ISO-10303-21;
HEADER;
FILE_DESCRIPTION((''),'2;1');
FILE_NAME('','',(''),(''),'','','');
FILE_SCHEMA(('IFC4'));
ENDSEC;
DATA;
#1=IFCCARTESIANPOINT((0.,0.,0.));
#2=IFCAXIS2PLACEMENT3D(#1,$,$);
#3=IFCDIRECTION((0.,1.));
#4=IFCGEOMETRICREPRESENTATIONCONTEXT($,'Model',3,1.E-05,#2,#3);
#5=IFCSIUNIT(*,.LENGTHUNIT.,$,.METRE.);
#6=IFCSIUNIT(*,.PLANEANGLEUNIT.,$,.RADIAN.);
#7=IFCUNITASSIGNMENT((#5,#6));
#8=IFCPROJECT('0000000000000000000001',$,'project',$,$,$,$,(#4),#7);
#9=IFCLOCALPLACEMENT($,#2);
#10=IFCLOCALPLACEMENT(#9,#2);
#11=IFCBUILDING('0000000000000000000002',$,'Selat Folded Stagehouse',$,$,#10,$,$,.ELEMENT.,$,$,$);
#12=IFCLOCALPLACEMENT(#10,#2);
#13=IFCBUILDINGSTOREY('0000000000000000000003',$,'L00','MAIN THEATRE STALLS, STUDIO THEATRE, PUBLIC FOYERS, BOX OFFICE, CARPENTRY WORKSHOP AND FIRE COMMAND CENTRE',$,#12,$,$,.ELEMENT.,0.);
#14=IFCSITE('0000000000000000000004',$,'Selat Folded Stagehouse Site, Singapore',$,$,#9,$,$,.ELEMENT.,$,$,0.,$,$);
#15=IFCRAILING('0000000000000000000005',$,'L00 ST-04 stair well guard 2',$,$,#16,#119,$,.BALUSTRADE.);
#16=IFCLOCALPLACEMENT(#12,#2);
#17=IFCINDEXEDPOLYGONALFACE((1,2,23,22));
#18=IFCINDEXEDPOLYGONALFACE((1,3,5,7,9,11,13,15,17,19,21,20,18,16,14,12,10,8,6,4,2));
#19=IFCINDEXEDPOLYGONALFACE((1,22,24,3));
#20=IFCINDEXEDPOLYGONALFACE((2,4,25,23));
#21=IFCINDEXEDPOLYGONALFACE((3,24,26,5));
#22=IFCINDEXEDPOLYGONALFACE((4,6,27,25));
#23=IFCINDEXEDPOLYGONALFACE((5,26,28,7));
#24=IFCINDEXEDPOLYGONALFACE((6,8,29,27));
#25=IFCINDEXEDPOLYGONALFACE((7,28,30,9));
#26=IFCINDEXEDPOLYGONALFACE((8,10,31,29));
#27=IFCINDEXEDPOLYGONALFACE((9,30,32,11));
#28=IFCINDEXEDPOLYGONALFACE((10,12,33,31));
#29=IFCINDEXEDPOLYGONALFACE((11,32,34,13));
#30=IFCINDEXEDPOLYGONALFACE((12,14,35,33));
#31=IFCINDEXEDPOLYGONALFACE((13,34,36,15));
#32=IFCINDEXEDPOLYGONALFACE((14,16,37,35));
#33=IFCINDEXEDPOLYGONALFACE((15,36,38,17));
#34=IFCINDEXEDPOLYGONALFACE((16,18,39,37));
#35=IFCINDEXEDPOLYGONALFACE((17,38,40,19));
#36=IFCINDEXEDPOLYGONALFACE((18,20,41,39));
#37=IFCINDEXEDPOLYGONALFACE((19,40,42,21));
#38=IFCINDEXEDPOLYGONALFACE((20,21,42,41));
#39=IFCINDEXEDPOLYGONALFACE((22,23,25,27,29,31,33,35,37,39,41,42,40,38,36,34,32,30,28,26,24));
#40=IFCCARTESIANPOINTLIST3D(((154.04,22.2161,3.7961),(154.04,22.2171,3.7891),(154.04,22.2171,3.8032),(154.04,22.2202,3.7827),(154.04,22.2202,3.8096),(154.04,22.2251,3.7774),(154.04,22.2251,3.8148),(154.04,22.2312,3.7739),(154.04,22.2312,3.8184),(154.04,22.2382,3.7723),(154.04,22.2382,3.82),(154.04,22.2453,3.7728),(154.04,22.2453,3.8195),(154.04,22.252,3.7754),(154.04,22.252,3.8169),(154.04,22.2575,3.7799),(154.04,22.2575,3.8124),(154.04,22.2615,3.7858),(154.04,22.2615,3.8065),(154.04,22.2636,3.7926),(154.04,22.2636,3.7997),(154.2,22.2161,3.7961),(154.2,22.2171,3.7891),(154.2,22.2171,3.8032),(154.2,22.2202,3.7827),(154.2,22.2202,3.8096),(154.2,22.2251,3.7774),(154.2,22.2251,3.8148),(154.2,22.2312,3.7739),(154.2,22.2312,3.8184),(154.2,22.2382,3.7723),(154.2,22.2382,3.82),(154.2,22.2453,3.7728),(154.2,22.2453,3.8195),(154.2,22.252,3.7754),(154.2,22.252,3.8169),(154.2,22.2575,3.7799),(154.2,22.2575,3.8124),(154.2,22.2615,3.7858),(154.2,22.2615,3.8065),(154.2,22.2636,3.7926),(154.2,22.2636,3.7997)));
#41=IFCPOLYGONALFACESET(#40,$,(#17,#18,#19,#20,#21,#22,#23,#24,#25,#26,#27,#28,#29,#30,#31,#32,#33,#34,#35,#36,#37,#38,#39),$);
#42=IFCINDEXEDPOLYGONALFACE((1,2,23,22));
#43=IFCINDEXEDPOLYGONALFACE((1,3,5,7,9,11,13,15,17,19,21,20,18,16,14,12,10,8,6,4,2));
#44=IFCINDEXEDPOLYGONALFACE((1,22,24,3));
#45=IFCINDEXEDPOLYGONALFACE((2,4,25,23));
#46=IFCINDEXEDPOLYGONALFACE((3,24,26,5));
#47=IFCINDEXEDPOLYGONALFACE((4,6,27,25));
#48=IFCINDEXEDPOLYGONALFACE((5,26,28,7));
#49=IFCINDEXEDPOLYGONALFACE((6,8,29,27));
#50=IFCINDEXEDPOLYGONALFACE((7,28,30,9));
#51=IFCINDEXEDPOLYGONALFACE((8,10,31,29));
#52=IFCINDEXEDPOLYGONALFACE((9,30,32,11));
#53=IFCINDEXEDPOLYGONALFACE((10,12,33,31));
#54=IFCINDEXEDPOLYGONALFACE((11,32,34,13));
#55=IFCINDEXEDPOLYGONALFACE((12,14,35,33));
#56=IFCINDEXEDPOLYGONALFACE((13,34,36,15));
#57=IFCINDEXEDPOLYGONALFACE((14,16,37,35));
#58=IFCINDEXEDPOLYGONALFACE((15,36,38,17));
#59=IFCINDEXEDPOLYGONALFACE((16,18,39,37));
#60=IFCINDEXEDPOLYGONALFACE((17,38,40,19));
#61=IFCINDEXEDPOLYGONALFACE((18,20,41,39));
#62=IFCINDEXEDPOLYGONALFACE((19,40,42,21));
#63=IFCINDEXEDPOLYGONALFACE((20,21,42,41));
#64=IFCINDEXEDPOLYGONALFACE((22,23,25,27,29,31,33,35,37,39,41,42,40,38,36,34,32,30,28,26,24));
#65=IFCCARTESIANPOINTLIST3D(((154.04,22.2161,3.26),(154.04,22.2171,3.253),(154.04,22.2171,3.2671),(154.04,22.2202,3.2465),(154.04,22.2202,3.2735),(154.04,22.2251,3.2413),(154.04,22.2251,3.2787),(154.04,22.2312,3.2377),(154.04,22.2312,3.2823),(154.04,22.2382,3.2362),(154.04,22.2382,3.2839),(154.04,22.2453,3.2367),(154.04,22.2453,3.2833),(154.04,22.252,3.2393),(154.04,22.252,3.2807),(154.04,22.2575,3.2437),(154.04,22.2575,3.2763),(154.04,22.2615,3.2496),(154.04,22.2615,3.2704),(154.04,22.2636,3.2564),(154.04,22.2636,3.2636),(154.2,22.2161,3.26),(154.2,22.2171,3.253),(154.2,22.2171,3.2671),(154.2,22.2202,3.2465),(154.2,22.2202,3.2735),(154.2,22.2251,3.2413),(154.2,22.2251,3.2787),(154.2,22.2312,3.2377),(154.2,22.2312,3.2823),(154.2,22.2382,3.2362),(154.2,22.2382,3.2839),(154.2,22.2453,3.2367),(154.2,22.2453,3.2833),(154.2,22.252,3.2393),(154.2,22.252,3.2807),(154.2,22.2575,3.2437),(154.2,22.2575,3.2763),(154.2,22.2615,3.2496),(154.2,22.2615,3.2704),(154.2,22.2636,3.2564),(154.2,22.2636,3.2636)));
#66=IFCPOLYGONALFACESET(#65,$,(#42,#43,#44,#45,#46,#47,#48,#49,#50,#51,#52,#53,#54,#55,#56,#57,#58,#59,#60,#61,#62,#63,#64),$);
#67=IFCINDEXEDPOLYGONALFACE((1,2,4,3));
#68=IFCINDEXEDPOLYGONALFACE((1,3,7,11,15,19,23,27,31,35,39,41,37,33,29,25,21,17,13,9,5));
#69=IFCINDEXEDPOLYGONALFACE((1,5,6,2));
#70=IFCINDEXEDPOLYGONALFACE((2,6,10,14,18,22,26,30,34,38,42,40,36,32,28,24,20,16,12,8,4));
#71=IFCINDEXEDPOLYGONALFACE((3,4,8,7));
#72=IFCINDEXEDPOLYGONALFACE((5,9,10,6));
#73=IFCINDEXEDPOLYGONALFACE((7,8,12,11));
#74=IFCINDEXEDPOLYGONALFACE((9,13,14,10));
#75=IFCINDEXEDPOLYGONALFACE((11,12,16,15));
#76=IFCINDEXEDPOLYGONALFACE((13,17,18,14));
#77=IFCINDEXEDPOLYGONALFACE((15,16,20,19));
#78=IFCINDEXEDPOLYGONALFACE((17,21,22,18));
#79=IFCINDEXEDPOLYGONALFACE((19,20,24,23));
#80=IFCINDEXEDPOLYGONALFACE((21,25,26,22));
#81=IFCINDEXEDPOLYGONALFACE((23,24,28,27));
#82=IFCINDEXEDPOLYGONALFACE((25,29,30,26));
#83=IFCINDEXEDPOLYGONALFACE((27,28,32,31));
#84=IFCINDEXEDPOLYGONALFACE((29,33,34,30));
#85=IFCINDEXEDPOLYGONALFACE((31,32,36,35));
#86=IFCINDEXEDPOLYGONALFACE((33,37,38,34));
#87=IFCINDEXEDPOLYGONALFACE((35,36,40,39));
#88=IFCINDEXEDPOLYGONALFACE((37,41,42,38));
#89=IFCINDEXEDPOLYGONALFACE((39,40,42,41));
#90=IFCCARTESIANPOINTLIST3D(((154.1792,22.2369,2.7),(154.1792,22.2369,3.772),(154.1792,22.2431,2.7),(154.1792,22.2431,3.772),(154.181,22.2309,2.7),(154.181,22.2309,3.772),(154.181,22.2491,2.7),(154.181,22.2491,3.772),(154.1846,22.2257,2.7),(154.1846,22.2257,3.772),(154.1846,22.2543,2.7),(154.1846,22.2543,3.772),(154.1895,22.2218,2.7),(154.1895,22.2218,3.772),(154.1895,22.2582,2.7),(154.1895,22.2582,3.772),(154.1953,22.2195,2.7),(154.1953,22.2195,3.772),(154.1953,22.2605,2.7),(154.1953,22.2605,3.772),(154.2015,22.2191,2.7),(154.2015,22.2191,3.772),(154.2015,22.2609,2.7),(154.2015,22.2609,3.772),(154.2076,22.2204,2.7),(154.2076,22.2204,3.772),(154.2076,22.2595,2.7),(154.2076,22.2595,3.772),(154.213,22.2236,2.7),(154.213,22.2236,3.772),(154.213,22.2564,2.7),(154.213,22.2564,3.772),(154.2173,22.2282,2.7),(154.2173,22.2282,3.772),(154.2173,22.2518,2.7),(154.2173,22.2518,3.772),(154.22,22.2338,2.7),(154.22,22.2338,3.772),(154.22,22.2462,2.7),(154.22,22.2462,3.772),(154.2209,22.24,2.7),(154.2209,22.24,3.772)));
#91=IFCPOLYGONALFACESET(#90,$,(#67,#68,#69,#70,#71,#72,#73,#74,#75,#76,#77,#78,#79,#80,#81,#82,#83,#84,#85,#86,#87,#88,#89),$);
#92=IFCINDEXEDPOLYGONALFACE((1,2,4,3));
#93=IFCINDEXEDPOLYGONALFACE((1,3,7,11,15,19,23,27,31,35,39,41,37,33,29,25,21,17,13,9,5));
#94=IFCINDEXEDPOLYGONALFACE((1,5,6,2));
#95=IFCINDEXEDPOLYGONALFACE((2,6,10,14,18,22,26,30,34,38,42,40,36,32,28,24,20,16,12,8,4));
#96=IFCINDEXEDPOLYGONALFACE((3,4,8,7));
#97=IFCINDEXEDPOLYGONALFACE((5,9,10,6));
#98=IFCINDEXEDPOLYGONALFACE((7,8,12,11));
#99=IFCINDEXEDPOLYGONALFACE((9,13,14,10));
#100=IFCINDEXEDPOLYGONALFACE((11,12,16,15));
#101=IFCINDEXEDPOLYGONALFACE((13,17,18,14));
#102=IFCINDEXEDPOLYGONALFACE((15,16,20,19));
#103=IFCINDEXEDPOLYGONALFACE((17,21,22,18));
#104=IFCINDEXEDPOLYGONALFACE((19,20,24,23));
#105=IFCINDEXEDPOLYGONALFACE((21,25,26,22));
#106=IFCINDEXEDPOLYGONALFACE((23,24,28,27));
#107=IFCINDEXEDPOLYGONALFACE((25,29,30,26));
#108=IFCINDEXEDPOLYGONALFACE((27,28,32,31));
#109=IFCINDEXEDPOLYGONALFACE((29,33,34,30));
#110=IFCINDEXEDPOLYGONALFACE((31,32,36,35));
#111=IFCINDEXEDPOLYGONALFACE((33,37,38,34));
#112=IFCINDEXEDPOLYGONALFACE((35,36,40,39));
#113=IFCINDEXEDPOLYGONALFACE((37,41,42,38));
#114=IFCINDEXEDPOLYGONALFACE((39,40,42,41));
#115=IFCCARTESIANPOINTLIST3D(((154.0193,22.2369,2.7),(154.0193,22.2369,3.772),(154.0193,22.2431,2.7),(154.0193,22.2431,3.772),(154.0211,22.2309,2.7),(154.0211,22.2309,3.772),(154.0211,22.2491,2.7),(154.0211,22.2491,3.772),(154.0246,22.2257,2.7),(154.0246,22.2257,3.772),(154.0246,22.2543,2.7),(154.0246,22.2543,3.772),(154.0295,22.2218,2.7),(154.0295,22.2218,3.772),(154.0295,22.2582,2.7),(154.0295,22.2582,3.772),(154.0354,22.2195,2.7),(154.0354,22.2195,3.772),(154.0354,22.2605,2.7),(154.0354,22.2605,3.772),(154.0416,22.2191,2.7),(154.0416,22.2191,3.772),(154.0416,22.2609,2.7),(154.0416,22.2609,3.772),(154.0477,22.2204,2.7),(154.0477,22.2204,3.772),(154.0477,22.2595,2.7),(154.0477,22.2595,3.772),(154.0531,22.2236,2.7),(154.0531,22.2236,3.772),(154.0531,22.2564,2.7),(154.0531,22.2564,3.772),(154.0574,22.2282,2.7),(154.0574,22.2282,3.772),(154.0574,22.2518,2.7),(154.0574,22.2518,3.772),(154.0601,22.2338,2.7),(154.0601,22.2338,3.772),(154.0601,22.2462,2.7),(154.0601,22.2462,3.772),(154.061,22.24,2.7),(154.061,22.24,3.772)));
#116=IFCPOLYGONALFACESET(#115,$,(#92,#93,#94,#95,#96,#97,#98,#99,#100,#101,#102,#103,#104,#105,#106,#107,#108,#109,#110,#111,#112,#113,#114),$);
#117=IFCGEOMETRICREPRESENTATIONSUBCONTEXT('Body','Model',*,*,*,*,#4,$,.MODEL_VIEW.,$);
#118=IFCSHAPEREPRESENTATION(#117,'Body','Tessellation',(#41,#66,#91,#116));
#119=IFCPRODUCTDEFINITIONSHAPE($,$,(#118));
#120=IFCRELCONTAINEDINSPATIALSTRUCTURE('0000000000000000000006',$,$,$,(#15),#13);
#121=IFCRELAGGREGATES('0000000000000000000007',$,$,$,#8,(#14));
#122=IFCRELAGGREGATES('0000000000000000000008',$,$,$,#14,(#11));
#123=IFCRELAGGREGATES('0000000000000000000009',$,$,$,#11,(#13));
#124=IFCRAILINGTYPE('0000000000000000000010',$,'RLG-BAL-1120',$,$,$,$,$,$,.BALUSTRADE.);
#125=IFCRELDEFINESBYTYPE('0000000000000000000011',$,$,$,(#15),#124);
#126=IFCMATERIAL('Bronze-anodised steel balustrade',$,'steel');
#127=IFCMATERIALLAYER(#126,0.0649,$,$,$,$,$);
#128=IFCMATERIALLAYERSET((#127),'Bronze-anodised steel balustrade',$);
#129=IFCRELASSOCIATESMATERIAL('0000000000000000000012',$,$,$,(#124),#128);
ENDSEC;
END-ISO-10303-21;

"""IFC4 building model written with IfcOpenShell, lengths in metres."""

from ifc_helpers import new_model, si_unit, direction, frame, origin, origin_2d, place, context, subcontext, project, spatial, circle, extrude, material, layer, layer_set, type_object, element, save


model = new_model("IFC4")

# Units and contexts
model_context = context("Model", 3, precision=1e-05, world=origin(), true_north=direction((0.0, 1.0)))
body_context = subcontext(model_context, "Body", "Model", "MODEL_VIEW")
ifc_project = project(units=[si_unit("LENGTHUNIT", "METRE"), si_unit("PLANEANGLEUNIT", "RADIAN")], contexts=[model_context])

# Site, building, storey
site_placement = place(None, origin())
site = spatial("IfcSite", under=ifc_project, at=site_placement, Name="Selat Folded Stagehouse Site, Singapore", CompositionType="ELEMENT", RefElevation=0.0)
building_placement = place(site_placement, origin())
building = spatial("IfcBuilding", under=site, at=building_placement, Name="Selat Folded Stagehouse", CompositionType="ELEMENT")
storey_placement = place(building_placement, origin())
storey = spatial("IfcBuildingStorey", under=building, at=storey_placement, Name="L00", Description="MAIN THEATRE STALLS, STUDIO THEATRE, PUBLIC FOYERS, BOX OFFICE, CARPENTRY WORKSHOP AND FIRE COMMAND CENTRE", CompositionType="ELEMENT", Elevation=0.0)

# Railing
ifc_material_1 = material(Name="Bronze-anodised steel balustrade", Category="steel")
ifc_layer_1 = layer(ifc_material_1, 0.0649)
ifc_layer_set_1 = layer_set([ifc_layer_1], Name="Bronze-anodised steel balustrade")
railing_type_1 = type_object("IfcRailingType", Name="RLG-BAL-1120", PredefinedType="BALUSTRADE", material=ifc_layer_set_1)
railing_1_placement = place(storey_placement, frame((154.2, 22.24, 2.7)))
element("IfcRailing", 1, at=railing_1_placement, inside=storey, type_object=railing_type_1, Name="L00 ST-04 stair well guard 2", PredefinedType="BALUSTRADE", context=body_context, shape_type="SweptSolid", body=[
    extrude(circle(Radius=0.0239, at=origin_2d()), frame((0.0, 0.0, 1.0962), z_axis=(-1.0, 0.0, 0.0), x_axis=(0.0, -1.0, 0.0)), (0.0, 0.0, 1.0), 0.1599),
    extrude(circle(Radius=0.0239, at=origin_2d()), frame((0.0, 0.0, 0.5601), z_axis=(-1.0, 0.0, 0.0), x_axis=(0.0, -1.0, 0.0)), (0.0, 0.0, 1.0), 0.1599),
    extrude(circle(Radius=0.021, at=origin_2d()), origin(), (0.0, 0.0, 1.0), 1.072),
    extrude(circle(Radius=0.021, at=origin_2d()), frame((-0.1599, 0.0, 0.0)), (0.0, 0.0, 1.0), 1.072),
])

save(model, "model.ifc")
